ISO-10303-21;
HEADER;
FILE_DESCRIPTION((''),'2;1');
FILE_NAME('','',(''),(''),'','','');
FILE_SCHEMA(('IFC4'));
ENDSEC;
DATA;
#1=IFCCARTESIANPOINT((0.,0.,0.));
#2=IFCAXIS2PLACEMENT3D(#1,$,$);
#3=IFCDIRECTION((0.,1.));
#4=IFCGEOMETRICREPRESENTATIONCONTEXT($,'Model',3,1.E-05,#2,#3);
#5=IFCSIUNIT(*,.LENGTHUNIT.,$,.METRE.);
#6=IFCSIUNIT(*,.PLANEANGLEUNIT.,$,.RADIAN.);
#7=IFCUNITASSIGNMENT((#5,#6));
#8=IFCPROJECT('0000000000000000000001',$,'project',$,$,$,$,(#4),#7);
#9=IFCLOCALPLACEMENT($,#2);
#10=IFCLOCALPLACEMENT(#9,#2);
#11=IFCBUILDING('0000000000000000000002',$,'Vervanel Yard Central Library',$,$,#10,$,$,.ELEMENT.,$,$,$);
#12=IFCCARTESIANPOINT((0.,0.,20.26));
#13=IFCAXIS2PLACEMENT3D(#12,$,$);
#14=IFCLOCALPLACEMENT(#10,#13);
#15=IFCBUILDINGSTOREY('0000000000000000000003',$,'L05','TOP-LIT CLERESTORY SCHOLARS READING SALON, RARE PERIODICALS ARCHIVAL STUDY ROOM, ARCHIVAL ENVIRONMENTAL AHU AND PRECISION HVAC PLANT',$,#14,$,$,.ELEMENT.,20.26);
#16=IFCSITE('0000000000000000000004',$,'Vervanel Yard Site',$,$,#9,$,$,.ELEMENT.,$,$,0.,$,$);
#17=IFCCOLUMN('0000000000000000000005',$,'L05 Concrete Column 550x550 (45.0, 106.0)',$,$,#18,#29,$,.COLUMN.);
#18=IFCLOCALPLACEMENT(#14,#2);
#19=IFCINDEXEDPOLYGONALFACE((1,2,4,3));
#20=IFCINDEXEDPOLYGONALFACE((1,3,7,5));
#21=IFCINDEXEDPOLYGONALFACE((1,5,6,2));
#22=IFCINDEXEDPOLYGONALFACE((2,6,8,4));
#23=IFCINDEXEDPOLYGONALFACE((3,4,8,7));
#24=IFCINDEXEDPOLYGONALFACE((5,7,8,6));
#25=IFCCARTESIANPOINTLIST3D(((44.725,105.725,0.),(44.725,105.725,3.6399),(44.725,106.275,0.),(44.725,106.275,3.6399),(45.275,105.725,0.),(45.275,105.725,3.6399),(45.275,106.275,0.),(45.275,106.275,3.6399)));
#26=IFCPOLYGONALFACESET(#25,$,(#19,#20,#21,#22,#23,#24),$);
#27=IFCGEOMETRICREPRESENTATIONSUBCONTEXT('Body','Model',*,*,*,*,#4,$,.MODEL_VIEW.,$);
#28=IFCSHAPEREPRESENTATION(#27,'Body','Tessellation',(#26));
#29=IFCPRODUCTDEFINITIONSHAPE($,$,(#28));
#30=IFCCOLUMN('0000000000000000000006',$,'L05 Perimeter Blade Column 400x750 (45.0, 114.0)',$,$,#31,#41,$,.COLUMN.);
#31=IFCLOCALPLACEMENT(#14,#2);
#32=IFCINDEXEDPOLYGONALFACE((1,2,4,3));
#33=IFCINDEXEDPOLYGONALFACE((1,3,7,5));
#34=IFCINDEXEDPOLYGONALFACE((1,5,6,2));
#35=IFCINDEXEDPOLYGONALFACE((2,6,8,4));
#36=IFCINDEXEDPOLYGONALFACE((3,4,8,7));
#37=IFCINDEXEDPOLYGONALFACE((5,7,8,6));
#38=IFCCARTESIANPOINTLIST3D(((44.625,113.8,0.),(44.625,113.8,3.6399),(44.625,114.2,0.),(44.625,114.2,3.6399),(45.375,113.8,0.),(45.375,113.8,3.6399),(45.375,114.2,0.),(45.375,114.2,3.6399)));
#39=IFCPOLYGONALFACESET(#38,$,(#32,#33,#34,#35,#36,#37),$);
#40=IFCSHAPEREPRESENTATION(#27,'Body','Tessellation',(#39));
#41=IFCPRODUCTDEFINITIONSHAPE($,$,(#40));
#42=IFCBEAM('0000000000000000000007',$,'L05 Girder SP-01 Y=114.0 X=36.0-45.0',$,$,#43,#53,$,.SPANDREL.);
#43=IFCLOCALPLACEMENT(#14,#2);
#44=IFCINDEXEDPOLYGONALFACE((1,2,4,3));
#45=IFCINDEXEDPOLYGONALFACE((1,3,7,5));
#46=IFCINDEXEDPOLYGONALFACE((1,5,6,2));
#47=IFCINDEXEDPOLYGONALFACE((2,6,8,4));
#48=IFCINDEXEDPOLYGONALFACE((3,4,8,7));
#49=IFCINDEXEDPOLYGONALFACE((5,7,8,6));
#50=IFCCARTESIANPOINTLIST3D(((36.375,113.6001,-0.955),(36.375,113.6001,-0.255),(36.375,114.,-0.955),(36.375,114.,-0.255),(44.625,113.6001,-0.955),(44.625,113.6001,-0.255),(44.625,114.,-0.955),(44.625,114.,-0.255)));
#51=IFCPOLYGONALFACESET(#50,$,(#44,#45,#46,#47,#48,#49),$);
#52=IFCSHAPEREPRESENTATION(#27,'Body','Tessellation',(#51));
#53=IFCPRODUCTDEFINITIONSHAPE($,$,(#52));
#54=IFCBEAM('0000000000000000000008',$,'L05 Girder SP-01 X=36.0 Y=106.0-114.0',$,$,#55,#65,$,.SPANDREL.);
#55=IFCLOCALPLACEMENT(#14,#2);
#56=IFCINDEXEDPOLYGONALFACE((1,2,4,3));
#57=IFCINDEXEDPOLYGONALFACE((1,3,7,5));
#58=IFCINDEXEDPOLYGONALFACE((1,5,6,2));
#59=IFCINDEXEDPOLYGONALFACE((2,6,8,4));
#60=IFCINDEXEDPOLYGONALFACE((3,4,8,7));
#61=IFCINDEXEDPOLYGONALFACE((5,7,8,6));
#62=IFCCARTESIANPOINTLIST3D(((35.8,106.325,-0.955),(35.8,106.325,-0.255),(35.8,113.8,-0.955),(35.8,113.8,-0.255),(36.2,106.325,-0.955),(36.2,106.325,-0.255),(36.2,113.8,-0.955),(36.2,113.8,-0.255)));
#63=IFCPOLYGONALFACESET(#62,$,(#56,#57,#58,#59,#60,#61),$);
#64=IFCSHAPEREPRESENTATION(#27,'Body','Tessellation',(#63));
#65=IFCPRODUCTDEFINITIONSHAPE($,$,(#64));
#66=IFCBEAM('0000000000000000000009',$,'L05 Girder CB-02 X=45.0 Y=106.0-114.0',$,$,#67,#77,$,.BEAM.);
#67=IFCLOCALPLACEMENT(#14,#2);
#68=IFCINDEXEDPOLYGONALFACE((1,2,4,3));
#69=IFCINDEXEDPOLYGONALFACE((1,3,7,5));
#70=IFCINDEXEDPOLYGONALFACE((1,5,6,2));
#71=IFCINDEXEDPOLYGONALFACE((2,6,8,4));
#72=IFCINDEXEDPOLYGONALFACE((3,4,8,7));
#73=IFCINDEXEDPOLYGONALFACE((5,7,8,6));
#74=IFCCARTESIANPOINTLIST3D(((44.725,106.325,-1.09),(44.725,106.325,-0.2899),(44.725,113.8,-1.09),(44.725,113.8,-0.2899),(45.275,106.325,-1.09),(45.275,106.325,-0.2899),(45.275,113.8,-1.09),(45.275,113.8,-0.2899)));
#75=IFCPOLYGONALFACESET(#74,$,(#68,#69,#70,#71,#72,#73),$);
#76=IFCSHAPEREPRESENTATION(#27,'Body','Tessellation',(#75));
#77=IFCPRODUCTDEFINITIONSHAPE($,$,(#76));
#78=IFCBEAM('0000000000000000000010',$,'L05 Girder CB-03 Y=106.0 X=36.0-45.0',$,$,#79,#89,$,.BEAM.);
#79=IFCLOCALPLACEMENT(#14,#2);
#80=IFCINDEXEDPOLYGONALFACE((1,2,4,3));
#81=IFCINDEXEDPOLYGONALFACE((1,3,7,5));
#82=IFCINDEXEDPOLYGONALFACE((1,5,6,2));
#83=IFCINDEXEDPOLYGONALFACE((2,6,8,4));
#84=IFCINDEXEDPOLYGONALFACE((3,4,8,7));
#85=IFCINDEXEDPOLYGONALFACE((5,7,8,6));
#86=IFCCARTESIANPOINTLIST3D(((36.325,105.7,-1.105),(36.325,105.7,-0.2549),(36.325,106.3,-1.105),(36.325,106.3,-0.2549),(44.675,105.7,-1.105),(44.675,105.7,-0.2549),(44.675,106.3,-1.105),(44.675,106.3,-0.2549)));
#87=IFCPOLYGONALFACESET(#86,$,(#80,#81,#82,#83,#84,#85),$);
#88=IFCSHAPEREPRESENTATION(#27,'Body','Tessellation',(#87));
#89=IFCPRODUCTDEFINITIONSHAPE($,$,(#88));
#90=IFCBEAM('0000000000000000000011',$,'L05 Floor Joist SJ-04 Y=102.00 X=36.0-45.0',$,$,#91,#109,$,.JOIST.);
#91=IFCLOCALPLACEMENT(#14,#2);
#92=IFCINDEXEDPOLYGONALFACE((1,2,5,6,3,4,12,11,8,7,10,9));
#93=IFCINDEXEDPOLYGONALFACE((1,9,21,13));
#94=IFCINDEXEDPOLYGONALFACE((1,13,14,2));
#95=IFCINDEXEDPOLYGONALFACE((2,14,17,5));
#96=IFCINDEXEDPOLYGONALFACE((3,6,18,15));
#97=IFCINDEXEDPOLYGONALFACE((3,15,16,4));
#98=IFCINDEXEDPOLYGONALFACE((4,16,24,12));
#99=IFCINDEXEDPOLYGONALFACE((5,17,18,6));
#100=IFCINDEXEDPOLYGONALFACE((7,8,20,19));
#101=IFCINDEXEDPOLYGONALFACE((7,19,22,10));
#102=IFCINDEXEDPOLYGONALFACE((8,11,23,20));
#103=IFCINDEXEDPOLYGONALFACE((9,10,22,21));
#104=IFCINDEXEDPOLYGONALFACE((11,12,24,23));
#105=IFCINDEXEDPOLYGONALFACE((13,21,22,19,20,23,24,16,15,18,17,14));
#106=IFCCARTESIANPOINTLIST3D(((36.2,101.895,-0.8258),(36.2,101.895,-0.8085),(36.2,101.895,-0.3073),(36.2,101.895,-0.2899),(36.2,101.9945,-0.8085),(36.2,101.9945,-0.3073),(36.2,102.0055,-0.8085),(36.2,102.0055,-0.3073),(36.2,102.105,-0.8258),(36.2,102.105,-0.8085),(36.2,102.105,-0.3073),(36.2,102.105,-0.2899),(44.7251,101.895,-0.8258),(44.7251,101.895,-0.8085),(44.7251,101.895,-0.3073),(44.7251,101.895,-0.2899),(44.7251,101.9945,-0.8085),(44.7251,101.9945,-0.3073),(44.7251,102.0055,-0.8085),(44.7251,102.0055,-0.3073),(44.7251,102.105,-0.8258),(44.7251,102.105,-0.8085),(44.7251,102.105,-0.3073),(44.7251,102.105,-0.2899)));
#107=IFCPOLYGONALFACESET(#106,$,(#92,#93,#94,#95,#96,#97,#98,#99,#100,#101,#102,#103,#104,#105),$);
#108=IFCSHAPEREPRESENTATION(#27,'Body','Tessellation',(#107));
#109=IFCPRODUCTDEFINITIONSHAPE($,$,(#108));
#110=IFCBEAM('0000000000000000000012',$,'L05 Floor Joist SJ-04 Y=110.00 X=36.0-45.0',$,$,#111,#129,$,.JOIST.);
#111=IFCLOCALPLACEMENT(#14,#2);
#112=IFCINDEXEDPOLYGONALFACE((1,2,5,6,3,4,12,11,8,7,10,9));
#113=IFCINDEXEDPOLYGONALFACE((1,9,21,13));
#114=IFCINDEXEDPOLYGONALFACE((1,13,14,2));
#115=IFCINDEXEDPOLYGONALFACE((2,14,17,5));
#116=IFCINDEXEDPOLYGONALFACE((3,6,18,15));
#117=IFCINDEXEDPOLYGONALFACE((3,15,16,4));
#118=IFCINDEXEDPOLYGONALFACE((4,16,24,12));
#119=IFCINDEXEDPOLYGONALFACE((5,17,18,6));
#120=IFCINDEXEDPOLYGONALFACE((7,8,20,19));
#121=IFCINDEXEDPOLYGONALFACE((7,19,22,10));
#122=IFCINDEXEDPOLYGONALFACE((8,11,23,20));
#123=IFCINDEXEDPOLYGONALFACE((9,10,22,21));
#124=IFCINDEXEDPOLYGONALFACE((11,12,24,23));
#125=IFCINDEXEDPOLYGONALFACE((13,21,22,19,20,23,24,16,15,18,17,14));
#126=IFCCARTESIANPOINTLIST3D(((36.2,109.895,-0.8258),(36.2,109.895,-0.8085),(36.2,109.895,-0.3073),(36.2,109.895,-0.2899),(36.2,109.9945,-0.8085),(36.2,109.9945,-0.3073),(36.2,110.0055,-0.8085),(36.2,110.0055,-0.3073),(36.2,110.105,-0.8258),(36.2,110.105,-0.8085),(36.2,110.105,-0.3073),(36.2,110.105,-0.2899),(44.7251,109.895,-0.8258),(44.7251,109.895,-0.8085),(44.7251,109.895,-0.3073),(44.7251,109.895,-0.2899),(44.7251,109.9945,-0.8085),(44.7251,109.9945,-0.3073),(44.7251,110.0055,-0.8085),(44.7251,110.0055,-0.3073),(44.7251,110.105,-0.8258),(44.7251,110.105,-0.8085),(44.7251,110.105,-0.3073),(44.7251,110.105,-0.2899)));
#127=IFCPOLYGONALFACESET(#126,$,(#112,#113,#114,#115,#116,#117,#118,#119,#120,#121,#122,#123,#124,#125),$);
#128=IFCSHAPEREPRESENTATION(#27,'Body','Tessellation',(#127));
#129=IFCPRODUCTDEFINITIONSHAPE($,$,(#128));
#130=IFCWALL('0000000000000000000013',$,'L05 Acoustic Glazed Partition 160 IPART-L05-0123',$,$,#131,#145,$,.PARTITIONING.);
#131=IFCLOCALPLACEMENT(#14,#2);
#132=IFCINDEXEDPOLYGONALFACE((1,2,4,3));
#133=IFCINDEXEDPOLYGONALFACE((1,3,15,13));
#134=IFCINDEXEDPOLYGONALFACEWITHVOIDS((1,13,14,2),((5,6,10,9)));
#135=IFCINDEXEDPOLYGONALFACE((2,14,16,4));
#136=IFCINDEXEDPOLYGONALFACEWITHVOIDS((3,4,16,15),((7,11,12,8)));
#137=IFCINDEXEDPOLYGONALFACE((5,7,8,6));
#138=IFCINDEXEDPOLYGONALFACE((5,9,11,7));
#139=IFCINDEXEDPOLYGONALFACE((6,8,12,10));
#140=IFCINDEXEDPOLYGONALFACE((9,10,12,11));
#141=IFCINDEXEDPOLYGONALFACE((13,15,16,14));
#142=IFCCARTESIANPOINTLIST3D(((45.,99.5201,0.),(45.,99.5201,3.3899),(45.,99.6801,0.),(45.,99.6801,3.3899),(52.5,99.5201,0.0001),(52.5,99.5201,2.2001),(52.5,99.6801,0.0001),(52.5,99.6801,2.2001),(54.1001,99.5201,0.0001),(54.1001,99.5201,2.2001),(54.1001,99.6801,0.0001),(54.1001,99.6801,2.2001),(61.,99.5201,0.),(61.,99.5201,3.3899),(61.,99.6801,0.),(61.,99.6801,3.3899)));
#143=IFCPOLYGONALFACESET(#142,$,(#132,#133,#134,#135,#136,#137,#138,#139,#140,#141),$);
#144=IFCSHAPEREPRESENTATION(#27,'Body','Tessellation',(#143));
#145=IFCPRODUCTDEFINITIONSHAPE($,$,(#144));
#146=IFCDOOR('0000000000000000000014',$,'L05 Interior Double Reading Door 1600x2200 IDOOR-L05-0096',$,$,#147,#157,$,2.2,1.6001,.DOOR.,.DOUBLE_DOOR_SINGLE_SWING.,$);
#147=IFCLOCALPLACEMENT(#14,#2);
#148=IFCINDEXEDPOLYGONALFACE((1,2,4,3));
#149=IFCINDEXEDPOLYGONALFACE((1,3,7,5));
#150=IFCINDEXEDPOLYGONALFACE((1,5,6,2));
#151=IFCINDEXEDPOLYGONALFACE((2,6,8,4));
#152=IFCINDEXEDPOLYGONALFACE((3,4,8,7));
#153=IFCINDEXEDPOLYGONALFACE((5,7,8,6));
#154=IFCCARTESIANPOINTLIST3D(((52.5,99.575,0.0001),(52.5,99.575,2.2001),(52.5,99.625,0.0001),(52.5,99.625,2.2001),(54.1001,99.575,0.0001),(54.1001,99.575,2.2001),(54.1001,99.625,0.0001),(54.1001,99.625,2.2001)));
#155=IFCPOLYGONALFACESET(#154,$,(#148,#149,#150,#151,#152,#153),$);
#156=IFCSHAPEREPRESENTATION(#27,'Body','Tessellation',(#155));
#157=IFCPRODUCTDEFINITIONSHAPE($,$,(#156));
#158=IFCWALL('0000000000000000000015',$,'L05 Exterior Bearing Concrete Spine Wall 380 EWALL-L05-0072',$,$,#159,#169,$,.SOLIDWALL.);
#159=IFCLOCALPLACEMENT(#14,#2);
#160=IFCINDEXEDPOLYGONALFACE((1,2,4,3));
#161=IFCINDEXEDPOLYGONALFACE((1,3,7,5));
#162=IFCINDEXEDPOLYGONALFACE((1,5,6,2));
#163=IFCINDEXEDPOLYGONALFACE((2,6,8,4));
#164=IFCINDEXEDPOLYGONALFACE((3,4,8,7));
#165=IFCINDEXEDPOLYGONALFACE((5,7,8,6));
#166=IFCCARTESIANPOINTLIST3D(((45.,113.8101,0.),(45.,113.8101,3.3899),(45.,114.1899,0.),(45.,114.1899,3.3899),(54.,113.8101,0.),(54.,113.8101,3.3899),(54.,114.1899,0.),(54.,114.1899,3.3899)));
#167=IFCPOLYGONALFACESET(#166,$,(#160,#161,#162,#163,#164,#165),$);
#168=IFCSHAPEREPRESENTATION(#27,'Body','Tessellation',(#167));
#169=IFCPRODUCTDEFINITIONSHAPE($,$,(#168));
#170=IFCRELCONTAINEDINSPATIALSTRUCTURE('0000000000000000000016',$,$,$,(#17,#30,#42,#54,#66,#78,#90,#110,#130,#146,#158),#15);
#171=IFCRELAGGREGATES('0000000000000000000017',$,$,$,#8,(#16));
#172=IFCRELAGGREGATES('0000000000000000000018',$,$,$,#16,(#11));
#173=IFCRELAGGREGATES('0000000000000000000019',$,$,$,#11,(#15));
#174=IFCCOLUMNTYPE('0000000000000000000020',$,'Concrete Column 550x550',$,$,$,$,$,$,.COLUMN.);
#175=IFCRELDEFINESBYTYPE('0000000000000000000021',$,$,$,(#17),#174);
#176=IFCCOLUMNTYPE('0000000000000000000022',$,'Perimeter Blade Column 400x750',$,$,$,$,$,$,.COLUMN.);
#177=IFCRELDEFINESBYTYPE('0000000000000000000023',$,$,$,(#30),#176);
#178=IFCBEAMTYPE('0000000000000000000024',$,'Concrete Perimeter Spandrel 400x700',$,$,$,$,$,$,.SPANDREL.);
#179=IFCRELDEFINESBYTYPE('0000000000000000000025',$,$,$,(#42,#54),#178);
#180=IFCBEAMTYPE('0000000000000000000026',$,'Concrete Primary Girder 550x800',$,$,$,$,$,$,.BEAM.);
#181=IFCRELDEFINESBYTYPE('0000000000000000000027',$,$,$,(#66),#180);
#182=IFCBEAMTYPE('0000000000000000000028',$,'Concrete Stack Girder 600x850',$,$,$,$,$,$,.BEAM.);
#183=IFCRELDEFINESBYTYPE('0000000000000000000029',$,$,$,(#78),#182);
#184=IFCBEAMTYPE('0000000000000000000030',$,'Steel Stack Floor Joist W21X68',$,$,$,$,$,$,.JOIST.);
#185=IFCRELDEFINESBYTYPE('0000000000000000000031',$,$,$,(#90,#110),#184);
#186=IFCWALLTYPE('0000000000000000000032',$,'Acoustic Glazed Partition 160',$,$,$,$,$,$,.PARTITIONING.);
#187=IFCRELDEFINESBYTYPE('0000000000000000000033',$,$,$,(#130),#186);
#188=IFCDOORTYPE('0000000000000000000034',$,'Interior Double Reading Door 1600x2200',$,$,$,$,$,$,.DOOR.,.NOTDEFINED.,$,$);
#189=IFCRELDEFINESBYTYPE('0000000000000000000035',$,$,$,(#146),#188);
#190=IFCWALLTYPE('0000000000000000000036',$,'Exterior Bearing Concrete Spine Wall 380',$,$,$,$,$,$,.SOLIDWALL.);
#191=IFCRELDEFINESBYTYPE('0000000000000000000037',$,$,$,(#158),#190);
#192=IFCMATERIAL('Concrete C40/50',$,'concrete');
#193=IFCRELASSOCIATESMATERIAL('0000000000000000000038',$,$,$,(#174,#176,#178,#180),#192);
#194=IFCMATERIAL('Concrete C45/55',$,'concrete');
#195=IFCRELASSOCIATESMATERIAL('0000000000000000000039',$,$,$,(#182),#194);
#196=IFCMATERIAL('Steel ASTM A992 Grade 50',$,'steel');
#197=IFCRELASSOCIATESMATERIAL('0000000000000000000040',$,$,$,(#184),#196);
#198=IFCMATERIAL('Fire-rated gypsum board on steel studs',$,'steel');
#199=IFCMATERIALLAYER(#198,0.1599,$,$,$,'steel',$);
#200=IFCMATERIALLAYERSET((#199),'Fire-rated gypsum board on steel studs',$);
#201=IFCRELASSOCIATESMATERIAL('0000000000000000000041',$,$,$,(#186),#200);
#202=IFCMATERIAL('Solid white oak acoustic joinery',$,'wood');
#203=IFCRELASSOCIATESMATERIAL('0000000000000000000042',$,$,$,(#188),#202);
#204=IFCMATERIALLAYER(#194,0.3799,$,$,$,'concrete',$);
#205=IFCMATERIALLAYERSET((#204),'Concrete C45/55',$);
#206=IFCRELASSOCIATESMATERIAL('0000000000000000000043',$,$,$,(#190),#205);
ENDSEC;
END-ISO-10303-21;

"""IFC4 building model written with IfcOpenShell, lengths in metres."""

from ifc_helpers import new_model, si_unit, direction, frame, frame_2d, origin, origin_2d, place, context, subcontext, project, spatial, rectangle, i_section, extrude, material, layer, layer_set, material_profile, profile_set, type_object, element, fill, save


model = new_model("IFC4")

# Units and contexts
model_context = context("Model", 3, precision=1e-05, world=origin(), true_north=direction((0.0, 1.0)))
body_context = subcontext(model_context, "Body", "Model", "MODEL_VIEW")
ifc_project = project(units=[si_unit("LENGTHUNIT", "METRE"), si_unit("PLANEANGLEUNIT", "RADIAN")], contexts=[model_context])

# Site, building, storey
site_placement = place(None, origin())
site = spatial("IfcSite", under=ifc_project, at=site_placement, Name="Vervanel Yard Site", CompositionType="ELEMENT", RefElevation=0.0)
building_placement = place(site_placement, origin())
building = spatial("IfcBuilding", under=site, at=building_placement, Name="Vervanel Yard Central Library", CompositionType="ELEMENT")
storey_placement = place(building_placement, frame((0.0, 0.0, 20.26)))
storey = spatial("IfcBuildingStorey", under=building, at=storey_placement, Name="L05", Description="TOP-LIT CLERESTORY SCHOLARS READING SALON, RARE PERIODICALS ARCHIVAL STUDY ROOM, ARCHIVAL ENVIRONMENTAL AHU AND PRECISION HVAC PLANT", CompositionType="ELEMENT", Elevation=20.26)

# Columns
ifc_material_1 = material(Name="Concrete C40/50", Category="concrete")
ifc_material_profile_1 = material_profile(ifc_material_1, rectangle(XDim=0.55, YDim=0.55, at=origin_2d()), Name="RC 550x550", Category="concrete")
ifc_profile_set_1 = profile_set([ifc_material_profile_1], Name="Concrete C40/50")
column_type_1 = type_object("IfcColumnType", Name="Concrete Column 550x550", PredefinedType="COLUMN", material=ifc_profile_set_1)
column_1_placement = place(storey_placement, frame((45.0, 106.0, 0.0), z_axis=(0.0, 0.0, 1.0), x_axis=(1.0, 0.0, 0.0)))
element("IfcColumn", 1, at=column_1_placement, inside=storey, type_object=column_type_1, Name="L05 Concrete Column 550x550 (45.0, 106.0)", PredefinedType="COLUMN", context=body_context, shape_type="SweptSolid", body=[
    extrude(rectangle(XDim=0.55, YDim=0.55, at=origin_2d()), origin(), (0.0, 0.0, 1.0), 3.6399),
])
ifc_material_profile_2 = material_profile(ifc_material_1, rectangle(XDim=0.3999, YDim=0.75, at=origin_2d()), Name="RC 400x750", Category="concrete")
ifc_profile_set_2 = profile_set([ifc_material_profile_2], Name="Concrete C40/50")
column_type_2 = type_object("IfcColumnType", Name="Perimeter Blade Column 400x750", PredefinedType="COLUMN", material=ifc_profile_set_2)
column_2_placement = place(storey_placement, frame((45.0, 114.0, 0.0), z_axis=(0.0, 0.0, 1.0), x_axis=(0.0, 1.0, 0.0)))
element("IfcColumn", 2, at=column_2_placement, inside=storey, type_object=column_type_2, Name="L05 Perimeter Blade Column 400x750 (45.0, 114.0)", PredefinedType="COLUMN", context=body_context, shape_type="SweptSolid", body=[
    extrude(rectangle(XDim=0.3999, YDim=0.75, at=origin_2d()), origin(), (0.0, 0.0, 1.0), 3.6399),
])

# Beams
ifc_material_profile_3 = material_profile(ifc_material_1, rectangle(XDim=0.3999, YDim=0.7, at=origin_2d()), Name="RC 400x700", Category="concrete")
ifc_profile_set_3 = profile_set([ifc_material_profile_3], Name="Concrete C40/50")
beam_type_1 = type_object("IfcBeamType", Name="Concrete Perimeter Spandrel 400x700", PredefinedType="SPANDREL", material=ifc_profile_set_3)
beam_1_placement = place(storey_placement, frame((36.375, 113.8, -0.605), z_axis=(1.0, 0.0, 0.0), x_axis=(0.0, 1.0, 0.0)))
element("IfcBeam", 3, at=beam_1_placement, inside=storey, type_object=beam_type_1, Name="L05 Girder SP-01 Y=114.0 X=36.0-45.0", PredefinedType="SPANDREL", context=body_context, shape_type="SweptSolid", body=[
    extrude(rectangle(XDim=0.3999, YDim=0.7, at=origin_2d()), origin(), (0.0, 0.0, 1.0), 8.25),
])
beam_2_placement = place(storey_placement, frame((36.0, 106.325, -0.605), z_axis=(0.0, 1.0, 0.0), x_axis=(-1.0, 0.0, 0.0)))
element("IfcBeam", 4, at=beam_2_placement, inside=storey, type_object=beam_type_1, Name="L05 Girder SP-01 X=36.0 Y=106.0-114.0", PredefinedType="SPANDREL", context=body_context, shape_type="SweptSolid", body=[
    extrude(rectangle(XDim=0.3999, YDim=0.7, at=origin_2d()), origin(), (0.0, 0.0, 1.0), 7.4751),
])
ifc_material_profile_4 = material_profile(ifc_material_1, rectangle(XDim=0.55, YDim=0.8, at=origin_2d()), Name="RC 550x800", Category="concrete")
ifc_profile_set_4 = profile_set([ifc_material_profile_4], Name="Concrete C40/50")
beam_type_2 = type_object("IfcBeamType", Name="Concrete Primary Girder 550x800", PredefinedType="BEAM", material=ifc_profile_set_4)
beam_3_placement = place(storey_placement, frame((45.0, 106.325, -0.6899), z_axis=(0.0, 1.0, 0.0), x_axis=(-1.0, 0.0, 0.0)))
element("IfcBeam", 5, at=beam_3_placement, inside=storey, type_object=beam_type_2, Name="L05 Girder CB-02 X=45.0 Y=106.0-114.0", PredefinedType="BEAM", context=body_context, shape_type="SweptSolid", body=[
    extrude(rectangle(XDim=0.55, YDim=0.8, at=origin_2d()), origin(), (0.0, 0.0, 1.0), 7.4751),
])
ifc_material_2 = material(Name="Concrete C45/55", Category="concrete")
ifc_material_profile_5 = material_profile(ifc_material_2, rectangle(XDim=0.6001, YDim=0.8501, at=origin_2d()), Name="RC 600x850", Category="concrete")
ifc_profile_set_5 = profile_set([ifc_material_profile_5], Name="Concrete C45/55")
beam_type_3 = type_object("IfcBeamType", Name="Concrete Stack Girder 600x850", PredefinedType="BEAM", material=ifc_profile_set_5)
beam_4_placement = place(storey_placement, frame((36.325, 106.0, -0.6799), z_axis=(1.0, 0.0, 0.0), x_axis=(0.0, 1.0, 0.0)))
element("IfcBeam", 6, at=beam_4_placement, inside=storey, type_object=beam_type_3, Name="L05 Girder CB-03 Y=106.0 X=36.0-45.0", PredefinedType="BEAM", context=body_context, shape_type="SweptSolid", body=[
    extrude(rectangle(XDim=0.6001, YDim=0.8501, at=origin_2d()), origin(), (0.0, 0.0, 1.0), 8.3501),
])
ifc_material_3 = material(Name="Steel ASTM A992 Grade 50", Category="steel")
ifc_material_profile_6 = material_profile(ifc_material_3, i_section(OverallWidth=0.21, OverallDepth=0.5359, WebThickness=0.011, FlangeThickness=0.0173, at=origin_2d()), Name="W21X68", Category="steel")
ifc_profile_set_6 = profile_set([ifc_material_profile_6], Name="Steel ASTM A992 Grade 50")
beam_type_4 = type_object("IfcBeamType", Name="Steel Stack Floor Joist W21X68", PredefinedType="JOIST", material=ifc_profile_set_6)
for number, where, z_axis, x_axis, name in (
    (7, (36.2, 102.0, -0.5579), (1.0, 0.0, 0.0), (0.0, 1.0, 0.0), "L05 Floor Joist SJ-04 Y=102.00 X=36.0-45.0"),
    (8, (36.2, 110.0, -0.5579), (1.0, 0.0, 0.0), (0.0, 1.0, 0.0), "L05 Floor Joist SJ-04 Y=110.00 X=36.0-45.0"),
):
    element("IfcBeam", number, at=place(storey_placement, frame(where, z_axis=z_axis, x_axis=x_axis)), inside=storey, type_object=beam_type_4, Name=name, PredefinedType="JOIST", context=body_context, shape_type="SweptSolid", body=[
        extrude(i_section(OverallWidth=0.21, OverallDepth=0.5359, WebThickness=0.011, FlangeThickness=0.0173, at=origin_2d()), origin(), (0.0, 0.0, 1.0), 8.5251),
    ])

# Wall, opening, door
ifc_material_4 = material(Name="Fire-rated gypsum board on steel studs", Category="steel")
ifc_layer_1 = layer(ifc_material_4, 0.1599, Category="steel")
ifc_layer_set_1 = layer_set([ifc_layer_1], Name="Fire-rated gypsum board on steel studs")
wall_type_1 = type_object("IfcWallType", Name="Acoustic Glazed Partition 160", PredefinedType="PARTITIONING", material=ifc_layer_set_1)
wall_1_placement = place(storey_placement, frame((45.0, 99.6001, 0.0), z_axis=(0.0, 0.0, 1.0), x_axis=(1.0, 0.0, 0.0)))
wall_1 = element("IfcWall", 9, at=wall_1_placement, inside=storey, type_object=wall_type_1, Name="L05 Acoustic Glazed Partition 160 IPART-L05-0123", PredefinedType="PARTITIONING", context=body_context, shape_type="SweptSolid", body=[
    extrude(rectangle(XDim=16.0, YDim=0.1599, at=frame_2d((8.0, 0.0))), origin(), (0.0, 0.0, 1.0), 3.3899),
])
opening_placement = place(wall_1_placement, frame((7.5, 0.0, 0.0)))
opening = element("IfcOpeningElement", 10, at=opening_placement, cuts=wall_1, PredefinedType="OPENING", context=body_context, shape_type="SweptSolid", body=[
    extrude(rectangle(XDim=1.6001, YDim=2.2, at=frame_2d((0.8, 1.1001))), frame((0.0, 0.0898, 0.0), z_axis=(0.0, -1.0, 0.0), x_axis=(1.0, 0.0, 0.0)), (0.0, 0.0, 1.0), 0.1799),
])
ifc_material_5 = material(Name="Solid white oak acoustic joinery", Category="wood")
door_type = type_object("IfcDoorType", Name="Interior Double Reading Door 1600x2200", OperationType="NOTDEFINED", PredefinedType="DOOR", material=ifc_material_5)
door_placement = place(opening_placement, origin())
door = element("IfcDoor", 11, at=door_placement, inside=storey, type_object=door_type, Name="L05 Interior Double Reading Door 1600x2200 IDOOR-L05-0096", OperationType="DOUBLE_DOOR_SINGLE_SWING", OverallHeight=2.2, OverallWidth=1.6001, PredefinedType="DOOR", context=body_context, shape_type="SweptSolid", body=[
    extrude(rectangle(XDim=1.6001, YDim=2.2, at=frame_2d((0.8, 1.1001))), frame((0.0, 0.0249, 0.0), z_axis=(0.0, -1.0, 0.0), x_axis=(1.0, 0.0, 0.0)), (0.0, 0.0, 1.0), 0.05),
])
fill(opening, door)

# Wall
ifc_layer_2 = layer(ifc_material_2, 0.3799, Category="concrete")
ifc_layer_set_2 = layer_set([ifc_layer_2], Name="Concrete C45/55")
wall_type_2 = type_object("IfcWallType", Name="Exterior Bearing Concrete Spine Wall 380", PredefinedType="SOLIDWALL", material=ifc_layer_set_2)
wall_2_placement = place(storey_placement, frame((45.0, 114.0, 0.0), z_axis=(0.0, 0.0, 1.0), x_axis=(1.0, 0.0, 0.0)))
element("IfcWall", 12, at=wall_2_placement, inside=storey, type_object=wall_type_2, Name="L05 Exterior Bearing Concrete Spine Wall 380 EWALL-L05-0072", PredefinedType="SOLIDWALL", context=body_context, shape_type="SweptSolid", body=[
    extrude(rectangle(XDim=9.0, YDim=0.3799, at=frame_2d((4.5, 0.0))), origin(), (0.0, 0.0, 1.0), 3.3899),
])

save(model, "model.ifc")
